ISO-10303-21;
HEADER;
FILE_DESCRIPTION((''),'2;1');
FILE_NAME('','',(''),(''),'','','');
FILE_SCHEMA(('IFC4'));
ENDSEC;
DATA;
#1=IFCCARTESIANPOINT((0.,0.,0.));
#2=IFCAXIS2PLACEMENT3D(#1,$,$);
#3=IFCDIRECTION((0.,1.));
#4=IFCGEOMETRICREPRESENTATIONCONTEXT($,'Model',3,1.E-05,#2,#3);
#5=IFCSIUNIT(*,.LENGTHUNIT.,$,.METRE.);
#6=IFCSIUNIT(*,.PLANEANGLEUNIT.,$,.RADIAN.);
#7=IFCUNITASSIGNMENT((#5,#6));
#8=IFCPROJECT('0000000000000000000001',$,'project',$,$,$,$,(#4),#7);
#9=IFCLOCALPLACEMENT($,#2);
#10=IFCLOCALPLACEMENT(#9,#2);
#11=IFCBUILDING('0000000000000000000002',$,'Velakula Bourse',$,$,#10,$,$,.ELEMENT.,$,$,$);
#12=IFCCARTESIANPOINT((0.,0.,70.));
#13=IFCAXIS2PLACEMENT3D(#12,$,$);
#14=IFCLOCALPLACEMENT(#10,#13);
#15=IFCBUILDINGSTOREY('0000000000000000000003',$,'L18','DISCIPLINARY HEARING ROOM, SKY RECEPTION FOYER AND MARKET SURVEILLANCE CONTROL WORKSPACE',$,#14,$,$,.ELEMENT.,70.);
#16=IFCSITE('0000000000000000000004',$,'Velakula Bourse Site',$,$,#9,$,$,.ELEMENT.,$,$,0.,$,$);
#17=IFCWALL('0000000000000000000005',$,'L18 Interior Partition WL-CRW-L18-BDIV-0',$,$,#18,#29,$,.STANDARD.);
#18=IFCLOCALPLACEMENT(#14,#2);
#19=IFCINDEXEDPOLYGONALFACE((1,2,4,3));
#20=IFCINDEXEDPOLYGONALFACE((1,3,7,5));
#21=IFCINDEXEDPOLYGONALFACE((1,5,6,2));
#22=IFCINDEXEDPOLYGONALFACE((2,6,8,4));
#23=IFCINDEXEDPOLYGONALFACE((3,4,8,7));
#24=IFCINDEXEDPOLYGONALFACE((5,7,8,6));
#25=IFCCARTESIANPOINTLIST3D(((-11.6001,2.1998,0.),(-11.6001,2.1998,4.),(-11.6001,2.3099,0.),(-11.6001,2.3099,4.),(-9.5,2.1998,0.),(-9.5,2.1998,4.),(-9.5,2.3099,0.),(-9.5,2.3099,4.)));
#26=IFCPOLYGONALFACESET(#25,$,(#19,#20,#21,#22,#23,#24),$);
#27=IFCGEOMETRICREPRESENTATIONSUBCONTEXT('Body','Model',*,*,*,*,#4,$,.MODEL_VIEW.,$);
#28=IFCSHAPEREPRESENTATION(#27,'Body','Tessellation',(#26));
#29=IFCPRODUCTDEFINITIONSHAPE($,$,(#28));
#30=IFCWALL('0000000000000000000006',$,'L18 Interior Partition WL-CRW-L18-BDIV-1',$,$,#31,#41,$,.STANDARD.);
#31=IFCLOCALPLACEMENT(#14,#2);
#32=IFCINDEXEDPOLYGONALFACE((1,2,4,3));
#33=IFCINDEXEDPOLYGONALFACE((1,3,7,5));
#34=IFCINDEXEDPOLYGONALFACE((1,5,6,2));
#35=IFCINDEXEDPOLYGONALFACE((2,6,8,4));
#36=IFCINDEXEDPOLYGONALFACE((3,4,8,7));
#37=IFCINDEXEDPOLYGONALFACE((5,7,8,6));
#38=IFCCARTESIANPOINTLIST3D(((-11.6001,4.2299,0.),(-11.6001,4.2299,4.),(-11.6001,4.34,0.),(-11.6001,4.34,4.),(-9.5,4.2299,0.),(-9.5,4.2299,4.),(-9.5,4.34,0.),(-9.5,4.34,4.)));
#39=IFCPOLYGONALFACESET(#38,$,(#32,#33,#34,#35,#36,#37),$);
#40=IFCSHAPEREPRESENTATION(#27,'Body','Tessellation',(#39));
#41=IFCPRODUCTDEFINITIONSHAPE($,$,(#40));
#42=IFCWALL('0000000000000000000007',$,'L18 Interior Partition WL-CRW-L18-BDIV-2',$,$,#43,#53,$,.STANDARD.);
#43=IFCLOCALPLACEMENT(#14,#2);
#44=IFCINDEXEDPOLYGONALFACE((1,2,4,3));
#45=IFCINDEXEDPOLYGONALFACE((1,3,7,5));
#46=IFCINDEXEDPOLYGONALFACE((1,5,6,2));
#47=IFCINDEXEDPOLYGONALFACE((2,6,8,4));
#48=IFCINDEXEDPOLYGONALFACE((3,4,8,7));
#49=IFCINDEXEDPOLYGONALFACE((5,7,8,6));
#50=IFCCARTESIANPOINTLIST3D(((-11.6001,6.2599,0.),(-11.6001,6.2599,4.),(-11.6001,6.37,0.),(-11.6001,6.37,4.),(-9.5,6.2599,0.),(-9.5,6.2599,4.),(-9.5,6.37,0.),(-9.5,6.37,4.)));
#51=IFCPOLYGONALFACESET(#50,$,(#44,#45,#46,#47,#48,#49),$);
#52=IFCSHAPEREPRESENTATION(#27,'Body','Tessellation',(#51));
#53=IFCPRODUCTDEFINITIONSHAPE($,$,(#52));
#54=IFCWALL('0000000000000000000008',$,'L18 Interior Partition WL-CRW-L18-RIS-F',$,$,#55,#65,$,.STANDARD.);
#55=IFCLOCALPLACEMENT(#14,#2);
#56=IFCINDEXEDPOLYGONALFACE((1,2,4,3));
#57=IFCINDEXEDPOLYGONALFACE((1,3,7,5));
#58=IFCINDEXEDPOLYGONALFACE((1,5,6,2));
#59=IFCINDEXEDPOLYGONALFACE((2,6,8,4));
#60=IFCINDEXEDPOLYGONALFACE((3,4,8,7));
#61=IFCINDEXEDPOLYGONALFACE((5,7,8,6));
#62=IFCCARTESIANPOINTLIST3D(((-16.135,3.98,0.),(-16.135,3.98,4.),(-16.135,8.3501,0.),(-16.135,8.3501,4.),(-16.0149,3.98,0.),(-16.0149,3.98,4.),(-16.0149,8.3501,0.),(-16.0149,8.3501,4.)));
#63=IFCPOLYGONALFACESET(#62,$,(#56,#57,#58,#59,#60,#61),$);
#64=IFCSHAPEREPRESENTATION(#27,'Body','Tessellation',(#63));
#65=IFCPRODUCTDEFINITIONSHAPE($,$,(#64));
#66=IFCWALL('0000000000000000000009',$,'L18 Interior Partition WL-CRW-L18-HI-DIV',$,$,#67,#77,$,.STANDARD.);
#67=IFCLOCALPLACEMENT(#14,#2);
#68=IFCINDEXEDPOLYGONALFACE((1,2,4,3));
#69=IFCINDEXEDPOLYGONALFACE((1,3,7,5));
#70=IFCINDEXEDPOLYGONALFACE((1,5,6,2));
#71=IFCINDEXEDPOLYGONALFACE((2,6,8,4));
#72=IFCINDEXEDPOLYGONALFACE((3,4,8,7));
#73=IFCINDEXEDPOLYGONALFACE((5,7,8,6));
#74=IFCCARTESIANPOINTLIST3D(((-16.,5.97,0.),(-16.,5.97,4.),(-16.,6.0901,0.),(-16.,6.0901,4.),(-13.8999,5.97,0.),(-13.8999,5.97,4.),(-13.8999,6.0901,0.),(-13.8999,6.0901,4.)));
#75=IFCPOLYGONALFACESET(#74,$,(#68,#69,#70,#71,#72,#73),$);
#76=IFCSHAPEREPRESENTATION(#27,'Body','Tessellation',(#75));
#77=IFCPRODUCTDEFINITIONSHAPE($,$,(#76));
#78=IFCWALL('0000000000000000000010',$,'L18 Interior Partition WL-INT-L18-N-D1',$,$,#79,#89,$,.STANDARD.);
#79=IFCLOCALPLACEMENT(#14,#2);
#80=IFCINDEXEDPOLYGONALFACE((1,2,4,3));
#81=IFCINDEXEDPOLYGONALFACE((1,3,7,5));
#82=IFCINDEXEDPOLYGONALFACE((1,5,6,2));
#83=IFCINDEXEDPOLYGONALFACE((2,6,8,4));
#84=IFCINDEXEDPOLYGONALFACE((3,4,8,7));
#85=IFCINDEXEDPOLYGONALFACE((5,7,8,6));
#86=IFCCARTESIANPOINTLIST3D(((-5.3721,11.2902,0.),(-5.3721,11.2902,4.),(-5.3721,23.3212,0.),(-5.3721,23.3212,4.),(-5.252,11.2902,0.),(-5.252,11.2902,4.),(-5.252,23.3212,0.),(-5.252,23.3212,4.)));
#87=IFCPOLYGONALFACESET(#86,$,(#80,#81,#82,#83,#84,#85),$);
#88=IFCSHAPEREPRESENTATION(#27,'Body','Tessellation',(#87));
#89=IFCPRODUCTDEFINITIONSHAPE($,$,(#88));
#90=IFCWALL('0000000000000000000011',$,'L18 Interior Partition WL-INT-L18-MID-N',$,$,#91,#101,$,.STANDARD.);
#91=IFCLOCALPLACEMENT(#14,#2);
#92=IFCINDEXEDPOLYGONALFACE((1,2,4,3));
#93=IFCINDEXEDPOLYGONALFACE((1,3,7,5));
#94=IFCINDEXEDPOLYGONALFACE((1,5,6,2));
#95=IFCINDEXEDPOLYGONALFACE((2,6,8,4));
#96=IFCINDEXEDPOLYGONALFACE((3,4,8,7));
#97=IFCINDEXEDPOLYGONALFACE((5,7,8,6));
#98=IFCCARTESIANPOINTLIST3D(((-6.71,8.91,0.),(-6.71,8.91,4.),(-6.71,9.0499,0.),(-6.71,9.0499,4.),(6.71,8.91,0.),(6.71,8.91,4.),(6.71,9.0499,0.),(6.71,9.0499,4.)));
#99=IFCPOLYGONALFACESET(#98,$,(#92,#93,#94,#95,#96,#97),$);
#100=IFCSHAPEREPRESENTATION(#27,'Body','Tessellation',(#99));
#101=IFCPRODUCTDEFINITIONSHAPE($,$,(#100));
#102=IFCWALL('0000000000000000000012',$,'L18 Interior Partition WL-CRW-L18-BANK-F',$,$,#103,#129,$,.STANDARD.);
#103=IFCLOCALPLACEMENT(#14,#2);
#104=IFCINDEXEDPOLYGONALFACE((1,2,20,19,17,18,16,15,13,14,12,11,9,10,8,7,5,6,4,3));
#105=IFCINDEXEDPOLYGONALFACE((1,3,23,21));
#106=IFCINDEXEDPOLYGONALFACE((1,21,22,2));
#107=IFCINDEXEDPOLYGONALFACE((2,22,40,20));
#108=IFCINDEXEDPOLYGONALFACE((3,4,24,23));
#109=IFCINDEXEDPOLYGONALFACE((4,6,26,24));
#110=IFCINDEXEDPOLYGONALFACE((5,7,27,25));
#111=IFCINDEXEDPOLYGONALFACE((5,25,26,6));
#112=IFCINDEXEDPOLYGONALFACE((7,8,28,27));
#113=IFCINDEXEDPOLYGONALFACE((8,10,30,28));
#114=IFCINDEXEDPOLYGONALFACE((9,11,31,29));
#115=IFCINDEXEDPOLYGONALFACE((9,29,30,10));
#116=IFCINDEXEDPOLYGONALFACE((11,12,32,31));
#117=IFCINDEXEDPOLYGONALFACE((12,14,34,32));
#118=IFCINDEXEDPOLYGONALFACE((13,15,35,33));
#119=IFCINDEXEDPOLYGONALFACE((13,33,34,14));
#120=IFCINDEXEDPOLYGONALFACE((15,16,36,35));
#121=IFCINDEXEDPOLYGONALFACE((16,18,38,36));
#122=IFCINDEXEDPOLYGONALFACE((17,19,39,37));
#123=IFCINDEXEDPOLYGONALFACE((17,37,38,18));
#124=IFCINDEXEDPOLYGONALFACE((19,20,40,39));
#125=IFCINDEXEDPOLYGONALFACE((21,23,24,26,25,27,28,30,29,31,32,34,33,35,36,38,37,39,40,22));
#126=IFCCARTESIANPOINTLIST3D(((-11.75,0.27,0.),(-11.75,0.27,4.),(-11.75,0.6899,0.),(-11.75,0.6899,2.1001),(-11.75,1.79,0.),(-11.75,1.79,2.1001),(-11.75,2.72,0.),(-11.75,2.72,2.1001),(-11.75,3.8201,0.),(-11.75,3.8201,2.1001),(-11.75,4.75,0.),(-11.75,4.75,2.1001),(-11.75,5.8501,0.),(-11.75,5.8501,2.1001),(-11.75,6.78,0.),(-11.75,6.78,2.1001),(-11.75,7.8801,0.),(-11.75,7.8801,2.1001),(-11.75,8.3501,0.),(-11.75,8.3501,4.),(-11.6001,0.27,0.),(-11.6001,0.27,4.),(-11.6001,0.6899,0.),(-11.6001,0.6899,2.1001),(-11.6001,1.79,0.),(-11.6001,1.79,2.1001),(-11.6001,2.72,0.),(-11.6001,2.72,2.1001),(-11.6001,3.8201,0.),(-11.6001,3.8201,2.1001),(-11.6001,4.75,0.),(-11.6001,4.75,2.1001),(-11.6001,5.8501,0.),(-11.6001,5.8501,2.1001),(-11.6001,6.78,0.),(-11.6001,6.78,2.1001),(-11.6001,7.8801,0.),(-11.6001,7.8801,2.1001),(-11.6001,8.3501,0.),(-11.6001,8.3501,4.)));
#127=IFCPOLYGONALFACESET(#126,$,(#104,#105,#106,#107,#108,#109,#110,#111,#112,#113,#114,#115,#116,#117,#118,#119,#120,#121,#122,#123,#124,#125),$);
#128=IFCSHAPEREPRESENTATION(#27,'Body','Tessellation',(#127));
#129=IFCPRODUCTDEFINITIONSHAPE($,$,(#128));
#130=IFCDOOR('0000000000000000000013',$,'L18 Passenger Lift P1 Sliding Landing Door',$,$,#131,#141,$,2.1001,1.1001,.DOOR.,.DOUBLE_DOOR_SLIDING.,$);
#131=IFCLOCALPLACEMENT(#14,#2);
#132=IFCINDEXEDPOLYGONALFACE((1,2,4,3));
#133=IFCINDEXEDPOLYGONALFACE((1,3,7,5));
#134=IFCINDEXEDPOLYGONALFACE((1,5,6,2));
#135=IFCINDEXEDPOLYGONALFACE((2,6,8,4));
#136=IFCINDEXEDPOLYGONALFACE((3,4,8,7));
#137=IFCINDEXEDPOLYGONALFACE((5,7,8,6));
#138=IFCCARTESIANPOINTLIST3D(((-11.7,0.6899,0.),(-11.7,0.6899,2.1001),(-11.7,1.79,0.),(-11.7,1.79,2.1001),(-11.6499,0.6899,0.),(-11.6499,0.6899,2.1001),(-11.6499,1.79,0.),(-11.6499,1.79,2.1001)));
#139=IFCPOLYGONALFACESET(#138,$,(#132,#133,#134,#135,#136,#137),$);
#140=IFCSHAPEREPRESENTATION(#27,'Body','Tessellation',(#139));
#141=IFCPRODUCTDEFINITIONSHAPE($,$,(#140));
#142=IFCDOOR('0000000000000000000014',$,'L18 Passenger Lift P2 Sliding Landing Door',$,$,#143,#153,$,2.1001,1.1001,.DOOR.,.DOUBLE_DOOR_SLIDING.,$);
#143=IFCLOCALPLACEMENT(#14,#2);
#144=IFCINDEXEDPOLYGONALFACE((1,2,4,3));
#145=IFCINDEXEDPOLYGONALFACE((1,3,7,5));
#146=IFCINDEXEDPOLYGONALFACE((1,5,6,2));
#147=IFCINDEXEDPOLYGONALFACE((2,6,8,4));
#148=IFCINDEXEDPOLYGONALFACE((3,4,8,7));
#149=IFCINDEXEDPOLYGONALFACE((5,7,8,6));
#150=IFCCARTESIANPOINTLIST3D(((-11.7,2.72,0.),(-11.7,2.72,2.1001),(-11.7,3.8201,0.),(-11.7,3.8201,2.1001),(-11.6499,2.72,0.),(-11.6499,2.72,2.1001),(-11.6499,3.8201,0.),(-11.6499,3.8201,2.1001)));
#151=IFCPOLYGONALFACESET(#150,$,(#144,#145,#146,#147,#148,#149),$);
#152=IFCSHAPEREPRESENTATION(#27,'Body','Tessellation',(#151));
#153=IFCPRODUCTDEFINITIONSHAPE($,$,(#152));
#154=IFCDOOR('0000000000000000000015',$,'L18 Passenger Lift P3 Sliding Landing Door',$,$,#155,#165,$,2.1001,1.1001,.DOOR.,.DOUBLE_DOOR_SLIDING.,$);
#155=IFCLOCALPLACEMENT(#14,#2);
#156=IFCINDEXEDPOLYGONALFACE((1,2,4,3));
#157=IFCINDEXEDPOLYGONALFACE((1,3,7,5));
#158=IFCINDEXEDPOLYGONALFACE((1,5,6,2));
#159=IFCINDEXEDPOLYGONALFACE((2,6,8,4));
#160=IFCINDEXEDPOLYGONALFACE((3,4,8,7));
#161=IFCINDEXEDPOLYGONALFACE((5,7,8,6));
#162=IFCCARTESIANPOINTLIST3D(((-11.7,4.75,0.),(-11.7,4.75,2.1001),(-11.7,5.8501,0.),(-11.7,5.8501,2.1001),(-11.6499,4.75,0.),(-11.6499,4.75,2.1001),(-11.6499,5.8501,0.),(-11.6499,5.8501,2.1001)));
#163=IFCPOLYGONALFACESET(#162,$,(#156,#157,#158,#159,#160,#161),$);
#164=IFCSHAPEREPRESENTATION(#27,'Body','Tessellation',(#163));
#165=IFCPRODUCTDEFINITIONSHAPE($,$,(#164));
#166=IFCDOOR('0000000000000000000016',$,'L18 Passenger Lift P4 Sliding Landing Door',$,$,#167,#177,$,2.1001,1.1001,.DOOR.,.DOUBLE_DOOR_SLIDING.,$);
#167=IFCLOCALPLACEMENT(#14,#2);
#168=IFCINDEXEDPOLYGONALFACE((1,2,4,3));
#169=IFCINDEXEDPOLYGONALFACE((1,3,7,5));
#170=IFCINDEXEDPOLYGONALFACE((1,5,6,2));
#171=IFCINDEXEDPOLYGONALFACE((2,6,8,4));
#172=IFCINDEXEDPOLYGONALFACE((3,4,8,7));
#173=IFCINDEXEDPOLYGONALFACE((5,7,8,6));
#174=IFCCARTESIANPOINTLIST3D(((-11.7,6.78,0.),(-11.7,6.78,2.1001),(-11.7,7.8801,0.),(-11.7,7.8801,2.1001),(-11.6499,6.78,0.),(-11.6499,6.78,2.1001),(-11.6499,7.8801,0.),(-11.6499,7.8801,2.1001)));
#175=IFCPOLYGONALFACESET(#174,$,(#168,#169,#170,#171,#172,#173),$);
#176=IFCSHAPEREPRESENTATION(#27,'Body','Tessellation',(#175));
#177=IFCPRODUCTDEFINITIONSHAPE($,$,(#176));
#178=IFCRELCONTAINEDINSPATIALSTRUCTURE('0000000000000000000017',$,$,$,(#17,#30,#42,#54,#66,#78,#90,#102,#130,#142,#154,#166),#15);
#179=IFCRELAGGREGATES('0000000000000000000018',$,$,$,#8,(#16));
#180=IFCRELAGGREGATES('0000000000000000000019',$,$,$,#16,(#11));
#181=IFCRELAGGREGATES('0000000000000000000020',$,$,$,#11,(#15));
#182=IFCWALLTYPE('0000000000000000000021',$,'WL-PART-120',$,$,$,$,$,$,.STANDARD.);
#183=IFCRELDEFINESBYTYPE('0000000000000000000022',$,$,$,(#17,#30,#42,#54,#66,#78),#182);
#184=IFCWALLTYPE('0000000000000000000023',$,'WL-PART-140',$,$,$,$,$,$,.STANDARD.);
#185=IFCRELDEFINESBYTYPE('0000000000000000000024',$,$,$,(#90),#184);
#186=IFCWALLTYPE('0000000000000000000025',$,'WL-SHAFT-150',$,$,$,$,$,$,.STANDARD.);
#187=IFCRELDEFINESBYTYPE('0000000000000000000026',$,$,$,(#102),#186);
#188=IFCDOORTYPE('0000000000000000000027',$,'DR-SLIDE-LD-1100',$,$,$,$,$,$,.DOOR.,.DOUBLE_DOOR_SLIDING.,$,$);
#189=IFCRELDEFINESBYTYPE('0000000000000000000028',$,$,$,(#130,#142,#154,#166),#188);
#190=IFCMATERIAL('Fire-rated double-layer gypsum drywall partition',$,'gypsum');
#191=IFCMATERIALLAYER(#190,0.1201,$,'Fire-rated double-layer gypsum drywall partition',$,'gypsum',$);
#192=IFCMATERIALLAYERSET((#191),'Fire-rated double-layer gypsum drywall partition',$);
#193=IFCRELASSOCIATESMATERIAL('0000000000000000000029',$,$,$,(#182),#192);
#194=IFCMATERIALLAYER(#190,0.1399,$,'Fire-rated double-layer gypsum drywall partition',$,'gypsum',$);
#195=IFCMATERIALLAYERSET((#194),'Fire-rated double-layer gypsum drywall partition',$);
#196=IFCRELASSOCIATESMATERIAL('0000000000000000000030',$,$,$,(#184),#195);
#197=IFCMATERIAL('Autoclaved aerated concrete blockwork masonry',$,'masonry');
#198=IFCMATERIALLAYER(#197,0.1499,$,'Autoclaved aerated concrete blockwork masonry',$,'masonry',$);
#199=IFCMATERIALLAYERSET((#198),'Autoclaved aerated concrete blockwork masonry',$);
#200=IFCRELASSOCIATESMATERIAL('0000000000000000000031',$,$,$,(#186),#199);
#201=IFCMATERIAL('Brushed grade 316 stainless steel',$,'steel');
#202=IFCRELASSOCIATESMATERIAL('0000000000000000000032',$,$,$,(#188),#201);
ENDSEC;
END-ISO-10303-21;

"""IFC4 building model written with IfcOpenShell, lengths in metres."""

from ifc_helpers import new_model, si_unit, direction, frame, frame_2d, origin, place, context, subcontext, project, spatial, rectangle, extrude, material, layer, layer_set, type_object, element, fill, save


model = new_model("IFC4")

# Units and contexts
model_context = context("Model", 3, precision=1e-05, world=origin(), true_north=direction((0.0, 1.0)))
body_context = subcontext(model_context, "Body", "Model", "MODEL_VIEW")
ifc_project = project(units=[si_unit("LENGTHUNIT", "METRE"), si_unit("PLANEANGLEUNIT", "RADIAN")], contexts=[model_context])

# Site, building, storey
site_placement = place(None, origin())
site = spatial("IfcSite", under=ifc_project, at=site_placement, Name="Velakula Bourse Site", CompositionType="ELEMENT", RefElevation=0.0)
building_placement = place(site_placement, origin())
building = spatial("IfcBuilding", under=site, at=building_placement, Name="Velakula Bourse", CompositionType="ELEMENT")
storey_placement = place(building_placement, frame((0.0, 0.0, 70.0)))
storey = spatial("IfcBuildingStorey", under=building, at=storey_placement, Name="L18", Description="DISCIPLINARY HEARING ROOM, SKY RECEPTION FOYER AND MARKET SURVEILLANCE CONTROL WORKSPACE", CompositionType="ELEMENT", Elevation=70.0)

# Shared definitions
ifc_material_1 = material(Name="Fire-rated double-layer gypsum drywall partition", Category="gypsum")
ifc_layer_1 = layer(ifc_material_1, 0.1201, Name="Fire-rated double-layer gypsum drywall partition", Category="gypsum")
ifc_layer_set_1 = layer_set([ifc_layer_1], Name="Fire-rated double-layer gypsum drywall partition")
wall_type_1 = type_object("IfcWallType", Name="WL-PART-120", PredefinedType="STANDARD", material=ifc_layer_set_1)

# Walls
for number, where, z_axis, x_axis, name in (
    (1, (-11.6001, 2.2549, 0.0), (0.0, 0.0, 1.0), (1.0, 0.0, 0.0), "L18 Interior Partition WL-CRW-L18-BDIV-0"),
    (2, (-11.6001, 4.2849, 0.0), (0.0, 0.0, 1.0), (1.0, 0.0, 0.0), "L18 Interior Partition WL-CRW-L18-BDIV-1"),
    (3, (-11.6001, 6.3149, 0.0), (0.0, 0.0, 1.0), (1.0, 0.0, 0.0), "L18 Interior Partition WL-CRW-L18-BDIV-2"),
):
    element("IfcWall", number, at=place(storey_placement, frame(where, z_axis=z_axis, x_axis=x_axis)), inside=storey, type_object=wall_type_1, Name=name, PredefinedType="STANDARD", context=body_context, shape_type="SweptSolid", body=[
        extrude(rectangle(XDim=2.1001, YDim=0.1101, at=frame_2d((1.05, 0.0))), origin(), (0.0, 0.0, 1.0), 4.0),
    ])
wall_1_placement = place(storey_placement, frame((-16.075, 3.98, 0.0), z_axis=(0.0, 0.0, 1.0), x_axis=(0.0, 1.0, 0.0)))
element("IfcWall", 4, at=wall_1_placement, inside=storey, type_object=wall_type_1, Name="L18 Interior Partition WL-CRW-L18-RIS-F", PredefinedType="STANDARD", context=body_context, shape_type="SweptSolid", body=[
    extrude(rectangle(XDim=4.3701, YDim=0.1201, at=frame_2d((2.1851, 0.0))), origin(), (0.0, 0.0, 1.0), 4.0),
])
wall_2_placement = place(storey_placement, frame((-16.0, 6.03, 0.0), z_axis=(0.0, 0.0, 1.0), x_axis=(1.0, 0.0, 0.0)))
element("IfcWall", 5, at=wall_2_placement, inside=storey, type_object=wall_type_1, Name="L18 Interior Partition WL-CRW-L18-HI-DIV", PredefinedType="STANDARD", context=body_context, shape_type="SweptSolid", body=[
    extrude(rectangle(XDim=2.1001, YDim=0.1201, at=frame_2d((1.05, 0.0))), origin(), (0.0, 0.0, 1.0), 4.0),
])
wall_3_placement = place(storey_placement, frame((-5.312, 11.29, 0.0), z_axis=(0.0, 0.0, 1.0), x_axis=(0.0, 1.0, 0.0)))
element("IfcWall", 6, at=wall_3_placement, inside=storey, type_object=wall_type_1, Name="L18 Interior Partition WL-INT-L18-N-D1", PredefinedType="STANDARD", context=body_context, shape_type="SweptSolid", body=[
    extrude(rectangle(XDim=12.031, YDim=0.1201, at=frame_2d((6.0156, 0.0))), origin(), (0.0, 0.0, 1.0), 4.0),
])
ifc_layer_2 = layer(ifc_material_1, 0.1399, Name="Fire-rated double-layer gypsum drywall partition", Category="gypsum")
ifc_layer_set_2 = layer_set([ifc_layer_2], Name="Fire-rated double-layer gypsum drywall partition")
wall_type_2 = type_object("IfcWallType", Name="WL-PART-140", PredefinedType="STANDARD", material=ifc_layer_set_2)
wall_4_placement = place(storey_placement, frame((-6.71, 8.98, 0.0), z_axis=(0.0, 0.0, 1.0), x_axis=(1.0, 0.0, 0.0)))
element("IfcWall", 7, at=wall_4_placement, inside=storey, type_object=wall_type_2, Name="L18 Interior Partition WL-INT-L18-MID-N", PredefinedType="STANDARD", context=body_context, shape_type="SweptSolid", body=[
    extrude(rectangle(XDim=13.4199, YDim=0.1399, at=frame_2d((6.71, 0.0))), origin(), (0.0, 0.0, 1.0), 4.0),
])

# Wall, openings, doors
ifc_material_2 = material(Name="Autoclaved aerated concrete blockwork masonry", Category="masonry")
ifc_layer_3 = layer(ifc_material_2, 0.1499, Name="Autoclaved aerated concrete blockwork masonry", Category="masonry")
ifc_layer_set_3 = layer_set([ifc_layer_3], Name="Autoclaved aerated concrete blockwork masonry")
wall_type_3 = type_object("IfcWallType", Name="WL-SHAFT-150", PredefinedType="STANDARD", material=ifc_layer_set_3)
wall_5_placement = place(storey_placement, frame((-11.675, 0.27, 0.0), z_axis=(0.0, 0.0, 1.0), x_axis=(0.0, 1.0, 0.0)))
wall_5 = element("IfcWall", 8, at=wall_5_placement, inside=storey, type_object=wall_type_3, Name="L18 Interior Partition WL-CRW-L18-BANK-F", PredefinedType="STANDARD", context=body_context, shape_type="SweptSolid", body=[
    extrude(rectangle(XDim=8.0801, YDim=0.1499, at=frame_2d((4.04, 0.0))), origin(), (0.0, 0.0, 1.0), 4.0),
])
opening_1_placement = place(wall_5_placement, frame((0.4199, 0.0, 0.0)))
opening_1 = element("IfcOpeningElement", 9, at=opening_1_placement, cuts=wall_5, PredefinedType="OPENING", context=body_context, shape_type="SweptSolid", body=[
    extrude(rectangle(XDim=1.1001, YDim=2.1001, at=frame_2d((0.55, 1.05))), frame((0.0, 0.085, 0.0), z_axis=(0.0, -1.0, 0.0), x_axis=(1.0, 0.0, 0.0)), (0.0, 0.0, 1.0), 0.1699),
])
opening_2_placement = place(wall_5_placement, frame((2.45, 0.0, 0.0)))
opening_2 = element("IfcOpeningElement", 10, at=opening_2_placement, cuts=wall_5, PredefinedType="OPENING", context=body_context, shape_type="SweptSolid", body=[
    extrude(rectangle(XDim=1.1001, YDim=2.1001, at=frame_2d((0.55, 1.05))), frame((0.0, 0.085, 0.0), z_axis=(0.0, -1.0, 0.0), x_axis=(1.0, 0.0, 0.0)), (0.0, 0.0, 1.0), 0.1699),
])
opening_3_placement = place(wall_5_placement, frame((4.48, 0.0, 0.0)))
opening_3 = element("IfcOpeningElement", 11, at=opening_3_placement, cuts=wall_5, PredefinedType="OPENING", context=body_context, shape_type="SweptSolid", body=[
    extrude(rectangle(XDim=1.1001, YDim=2.1001, at=frame_2d((0.55, 1.05))), frame((0.0, 0.085, 0.0), z_axis=(0.0, -1.0, 0.0), x_axis=(1.0, 0.0, 0.0)), (0.0, 0.0, 1.0), 0.1699),
])
opening_4_placement = place(wall_5_placement, frame((6.51, 0.0, 0.0)))
opening_4 = element("IfcOpeningElement", 12, at=opening_4_placement, cuts=wall_5, PredefinedType="OPENING", context=body_context, shape_type="SweptSolid", body=[
    extrude(rectangle(XDim=1.1001, YDim=2.1001, at=frame_2d((0.55, 1.05))), frame((0.0, 0.085, 0.0), z_axis=(0.0, -1.0, 0.0), x_axis=(1.0, 0.0, 0.0)), (0.0, 0.0, 1.0), 0.1699),
])
ifc_material_3 = material(Name="Brushed grade 316 stainless steel", Category="steel")
door_type_1 = type_object("IfcDoorType", Name="DR-SLIDE-LD-1100", OperationType="DOUBLE_DOOR_SLIDING", PredefinedType="DOOR", material=ifc_material_3)
door_1_placement = place(opening_1_placement, origin())
door_1 = element("IfcDoor", 13, at=door_1_placement, inside=storey, type_object=door_type_1, Name="L18 Passenger Lift P1 Sliding Landing Door", OperationType="DOUBLE_DOOR_SLIDING", OverallHeight=2.1001, OverallWidth=1.1001, PredefinedType="DOOR", context=body_context, shape_type="SweptSolid", body=[
    extrude(rectangle(XDim=1.1001, YDim=2.1001, at=frame_2d((0.55, 1.05))), frame((0.0, 0.0249, 0.0), z_axis=(0.0, -1.0, 0.0), x_axis=(1.0, 0.0, 0.0)), (0.0, 0.0, 1.0), 0.05),
])
fill(opening_1, door_1)
door_2_placement = place(opening_2_placement, origin())
door_2 = element("IfcDoor", 14, at=door_2_placement, inside=storey, type_object=door_type_1, Name="L18 Passenger Lift P2 Sliding Landing Door", OperationType="DOUBLE_DOOR_SLIDING", OverallHeight=2.1001, OverallWidth=1.1001, PredefinedType="DOOR", context=body_context, shape_type="SweptSolid", body=[
    extrude(rectangle(XDim=1.1001, YDim=2.1001, at=frame_2d((0.55, 1.05))), frame((0.0, 0.0249, 0.0), z_axis=(0.0, -1.0, 0.0), x_axis=(1.0, 0.0, 0.0)), (0.0, 0.0, 1.0), 0.05),
])
fill(opening_2, door_2)
door_3_placement = place(opening_3_placement, origin())
door_3 = element("IfcDoor", 15, at=door_3_placement, inside=storey, type_object=door_type_1, Name="L18 Passenger Lift P3 Sliding Landing Door", OperationType="DOUBLE_DOOR_SLIDING", OverallHeight=2.1001, OverallWidth=1.1001, PredefinedType="DOOR", context=body_context, shape_type="SweptSolid", body=[
    extrude(rectangle(XDim=1.1001, YDim=2.1001, at=frame_2d((0.55, 1.05))), frame((0.0, 0.0249, 0.0), z_axis=(0.0, -1.0, 0.0), x_axis=(1.0, 0.0, 0.0)), (0.0, 0.0, 1.0), 0.05),
])
fill(opening_3, door_3)
door_4_placement = place(opening_4_placement, origin())
door_4 = element("IfcDoor", 16, at=door_4_placement, inside=storey, type_object=door_type_1, Name="L18 Passenger Lift P4 Sliding Landing Door", OperationType="DOUBLE_DOOR_SLIDING", OverallHeight=2.1001, OverallWidth=1.1001, PredefinedType="DOOR", context=body_context, shape_type="SweptSolid", body=[
    extrude(rectangle(XDim=1.1001, YDim=2.1001, at=frame_2d((0.55, 1.05))), frame((0.0, 0.0249, 0.0), z_axis=(0.0, -1.0, 0.0), x_axis=(1.0, 0.0, 0.0)), (0.0, 0.0, 1.0), 0.05),
])
fill(opening_4, door_4)

save(model, "model.ifc")
